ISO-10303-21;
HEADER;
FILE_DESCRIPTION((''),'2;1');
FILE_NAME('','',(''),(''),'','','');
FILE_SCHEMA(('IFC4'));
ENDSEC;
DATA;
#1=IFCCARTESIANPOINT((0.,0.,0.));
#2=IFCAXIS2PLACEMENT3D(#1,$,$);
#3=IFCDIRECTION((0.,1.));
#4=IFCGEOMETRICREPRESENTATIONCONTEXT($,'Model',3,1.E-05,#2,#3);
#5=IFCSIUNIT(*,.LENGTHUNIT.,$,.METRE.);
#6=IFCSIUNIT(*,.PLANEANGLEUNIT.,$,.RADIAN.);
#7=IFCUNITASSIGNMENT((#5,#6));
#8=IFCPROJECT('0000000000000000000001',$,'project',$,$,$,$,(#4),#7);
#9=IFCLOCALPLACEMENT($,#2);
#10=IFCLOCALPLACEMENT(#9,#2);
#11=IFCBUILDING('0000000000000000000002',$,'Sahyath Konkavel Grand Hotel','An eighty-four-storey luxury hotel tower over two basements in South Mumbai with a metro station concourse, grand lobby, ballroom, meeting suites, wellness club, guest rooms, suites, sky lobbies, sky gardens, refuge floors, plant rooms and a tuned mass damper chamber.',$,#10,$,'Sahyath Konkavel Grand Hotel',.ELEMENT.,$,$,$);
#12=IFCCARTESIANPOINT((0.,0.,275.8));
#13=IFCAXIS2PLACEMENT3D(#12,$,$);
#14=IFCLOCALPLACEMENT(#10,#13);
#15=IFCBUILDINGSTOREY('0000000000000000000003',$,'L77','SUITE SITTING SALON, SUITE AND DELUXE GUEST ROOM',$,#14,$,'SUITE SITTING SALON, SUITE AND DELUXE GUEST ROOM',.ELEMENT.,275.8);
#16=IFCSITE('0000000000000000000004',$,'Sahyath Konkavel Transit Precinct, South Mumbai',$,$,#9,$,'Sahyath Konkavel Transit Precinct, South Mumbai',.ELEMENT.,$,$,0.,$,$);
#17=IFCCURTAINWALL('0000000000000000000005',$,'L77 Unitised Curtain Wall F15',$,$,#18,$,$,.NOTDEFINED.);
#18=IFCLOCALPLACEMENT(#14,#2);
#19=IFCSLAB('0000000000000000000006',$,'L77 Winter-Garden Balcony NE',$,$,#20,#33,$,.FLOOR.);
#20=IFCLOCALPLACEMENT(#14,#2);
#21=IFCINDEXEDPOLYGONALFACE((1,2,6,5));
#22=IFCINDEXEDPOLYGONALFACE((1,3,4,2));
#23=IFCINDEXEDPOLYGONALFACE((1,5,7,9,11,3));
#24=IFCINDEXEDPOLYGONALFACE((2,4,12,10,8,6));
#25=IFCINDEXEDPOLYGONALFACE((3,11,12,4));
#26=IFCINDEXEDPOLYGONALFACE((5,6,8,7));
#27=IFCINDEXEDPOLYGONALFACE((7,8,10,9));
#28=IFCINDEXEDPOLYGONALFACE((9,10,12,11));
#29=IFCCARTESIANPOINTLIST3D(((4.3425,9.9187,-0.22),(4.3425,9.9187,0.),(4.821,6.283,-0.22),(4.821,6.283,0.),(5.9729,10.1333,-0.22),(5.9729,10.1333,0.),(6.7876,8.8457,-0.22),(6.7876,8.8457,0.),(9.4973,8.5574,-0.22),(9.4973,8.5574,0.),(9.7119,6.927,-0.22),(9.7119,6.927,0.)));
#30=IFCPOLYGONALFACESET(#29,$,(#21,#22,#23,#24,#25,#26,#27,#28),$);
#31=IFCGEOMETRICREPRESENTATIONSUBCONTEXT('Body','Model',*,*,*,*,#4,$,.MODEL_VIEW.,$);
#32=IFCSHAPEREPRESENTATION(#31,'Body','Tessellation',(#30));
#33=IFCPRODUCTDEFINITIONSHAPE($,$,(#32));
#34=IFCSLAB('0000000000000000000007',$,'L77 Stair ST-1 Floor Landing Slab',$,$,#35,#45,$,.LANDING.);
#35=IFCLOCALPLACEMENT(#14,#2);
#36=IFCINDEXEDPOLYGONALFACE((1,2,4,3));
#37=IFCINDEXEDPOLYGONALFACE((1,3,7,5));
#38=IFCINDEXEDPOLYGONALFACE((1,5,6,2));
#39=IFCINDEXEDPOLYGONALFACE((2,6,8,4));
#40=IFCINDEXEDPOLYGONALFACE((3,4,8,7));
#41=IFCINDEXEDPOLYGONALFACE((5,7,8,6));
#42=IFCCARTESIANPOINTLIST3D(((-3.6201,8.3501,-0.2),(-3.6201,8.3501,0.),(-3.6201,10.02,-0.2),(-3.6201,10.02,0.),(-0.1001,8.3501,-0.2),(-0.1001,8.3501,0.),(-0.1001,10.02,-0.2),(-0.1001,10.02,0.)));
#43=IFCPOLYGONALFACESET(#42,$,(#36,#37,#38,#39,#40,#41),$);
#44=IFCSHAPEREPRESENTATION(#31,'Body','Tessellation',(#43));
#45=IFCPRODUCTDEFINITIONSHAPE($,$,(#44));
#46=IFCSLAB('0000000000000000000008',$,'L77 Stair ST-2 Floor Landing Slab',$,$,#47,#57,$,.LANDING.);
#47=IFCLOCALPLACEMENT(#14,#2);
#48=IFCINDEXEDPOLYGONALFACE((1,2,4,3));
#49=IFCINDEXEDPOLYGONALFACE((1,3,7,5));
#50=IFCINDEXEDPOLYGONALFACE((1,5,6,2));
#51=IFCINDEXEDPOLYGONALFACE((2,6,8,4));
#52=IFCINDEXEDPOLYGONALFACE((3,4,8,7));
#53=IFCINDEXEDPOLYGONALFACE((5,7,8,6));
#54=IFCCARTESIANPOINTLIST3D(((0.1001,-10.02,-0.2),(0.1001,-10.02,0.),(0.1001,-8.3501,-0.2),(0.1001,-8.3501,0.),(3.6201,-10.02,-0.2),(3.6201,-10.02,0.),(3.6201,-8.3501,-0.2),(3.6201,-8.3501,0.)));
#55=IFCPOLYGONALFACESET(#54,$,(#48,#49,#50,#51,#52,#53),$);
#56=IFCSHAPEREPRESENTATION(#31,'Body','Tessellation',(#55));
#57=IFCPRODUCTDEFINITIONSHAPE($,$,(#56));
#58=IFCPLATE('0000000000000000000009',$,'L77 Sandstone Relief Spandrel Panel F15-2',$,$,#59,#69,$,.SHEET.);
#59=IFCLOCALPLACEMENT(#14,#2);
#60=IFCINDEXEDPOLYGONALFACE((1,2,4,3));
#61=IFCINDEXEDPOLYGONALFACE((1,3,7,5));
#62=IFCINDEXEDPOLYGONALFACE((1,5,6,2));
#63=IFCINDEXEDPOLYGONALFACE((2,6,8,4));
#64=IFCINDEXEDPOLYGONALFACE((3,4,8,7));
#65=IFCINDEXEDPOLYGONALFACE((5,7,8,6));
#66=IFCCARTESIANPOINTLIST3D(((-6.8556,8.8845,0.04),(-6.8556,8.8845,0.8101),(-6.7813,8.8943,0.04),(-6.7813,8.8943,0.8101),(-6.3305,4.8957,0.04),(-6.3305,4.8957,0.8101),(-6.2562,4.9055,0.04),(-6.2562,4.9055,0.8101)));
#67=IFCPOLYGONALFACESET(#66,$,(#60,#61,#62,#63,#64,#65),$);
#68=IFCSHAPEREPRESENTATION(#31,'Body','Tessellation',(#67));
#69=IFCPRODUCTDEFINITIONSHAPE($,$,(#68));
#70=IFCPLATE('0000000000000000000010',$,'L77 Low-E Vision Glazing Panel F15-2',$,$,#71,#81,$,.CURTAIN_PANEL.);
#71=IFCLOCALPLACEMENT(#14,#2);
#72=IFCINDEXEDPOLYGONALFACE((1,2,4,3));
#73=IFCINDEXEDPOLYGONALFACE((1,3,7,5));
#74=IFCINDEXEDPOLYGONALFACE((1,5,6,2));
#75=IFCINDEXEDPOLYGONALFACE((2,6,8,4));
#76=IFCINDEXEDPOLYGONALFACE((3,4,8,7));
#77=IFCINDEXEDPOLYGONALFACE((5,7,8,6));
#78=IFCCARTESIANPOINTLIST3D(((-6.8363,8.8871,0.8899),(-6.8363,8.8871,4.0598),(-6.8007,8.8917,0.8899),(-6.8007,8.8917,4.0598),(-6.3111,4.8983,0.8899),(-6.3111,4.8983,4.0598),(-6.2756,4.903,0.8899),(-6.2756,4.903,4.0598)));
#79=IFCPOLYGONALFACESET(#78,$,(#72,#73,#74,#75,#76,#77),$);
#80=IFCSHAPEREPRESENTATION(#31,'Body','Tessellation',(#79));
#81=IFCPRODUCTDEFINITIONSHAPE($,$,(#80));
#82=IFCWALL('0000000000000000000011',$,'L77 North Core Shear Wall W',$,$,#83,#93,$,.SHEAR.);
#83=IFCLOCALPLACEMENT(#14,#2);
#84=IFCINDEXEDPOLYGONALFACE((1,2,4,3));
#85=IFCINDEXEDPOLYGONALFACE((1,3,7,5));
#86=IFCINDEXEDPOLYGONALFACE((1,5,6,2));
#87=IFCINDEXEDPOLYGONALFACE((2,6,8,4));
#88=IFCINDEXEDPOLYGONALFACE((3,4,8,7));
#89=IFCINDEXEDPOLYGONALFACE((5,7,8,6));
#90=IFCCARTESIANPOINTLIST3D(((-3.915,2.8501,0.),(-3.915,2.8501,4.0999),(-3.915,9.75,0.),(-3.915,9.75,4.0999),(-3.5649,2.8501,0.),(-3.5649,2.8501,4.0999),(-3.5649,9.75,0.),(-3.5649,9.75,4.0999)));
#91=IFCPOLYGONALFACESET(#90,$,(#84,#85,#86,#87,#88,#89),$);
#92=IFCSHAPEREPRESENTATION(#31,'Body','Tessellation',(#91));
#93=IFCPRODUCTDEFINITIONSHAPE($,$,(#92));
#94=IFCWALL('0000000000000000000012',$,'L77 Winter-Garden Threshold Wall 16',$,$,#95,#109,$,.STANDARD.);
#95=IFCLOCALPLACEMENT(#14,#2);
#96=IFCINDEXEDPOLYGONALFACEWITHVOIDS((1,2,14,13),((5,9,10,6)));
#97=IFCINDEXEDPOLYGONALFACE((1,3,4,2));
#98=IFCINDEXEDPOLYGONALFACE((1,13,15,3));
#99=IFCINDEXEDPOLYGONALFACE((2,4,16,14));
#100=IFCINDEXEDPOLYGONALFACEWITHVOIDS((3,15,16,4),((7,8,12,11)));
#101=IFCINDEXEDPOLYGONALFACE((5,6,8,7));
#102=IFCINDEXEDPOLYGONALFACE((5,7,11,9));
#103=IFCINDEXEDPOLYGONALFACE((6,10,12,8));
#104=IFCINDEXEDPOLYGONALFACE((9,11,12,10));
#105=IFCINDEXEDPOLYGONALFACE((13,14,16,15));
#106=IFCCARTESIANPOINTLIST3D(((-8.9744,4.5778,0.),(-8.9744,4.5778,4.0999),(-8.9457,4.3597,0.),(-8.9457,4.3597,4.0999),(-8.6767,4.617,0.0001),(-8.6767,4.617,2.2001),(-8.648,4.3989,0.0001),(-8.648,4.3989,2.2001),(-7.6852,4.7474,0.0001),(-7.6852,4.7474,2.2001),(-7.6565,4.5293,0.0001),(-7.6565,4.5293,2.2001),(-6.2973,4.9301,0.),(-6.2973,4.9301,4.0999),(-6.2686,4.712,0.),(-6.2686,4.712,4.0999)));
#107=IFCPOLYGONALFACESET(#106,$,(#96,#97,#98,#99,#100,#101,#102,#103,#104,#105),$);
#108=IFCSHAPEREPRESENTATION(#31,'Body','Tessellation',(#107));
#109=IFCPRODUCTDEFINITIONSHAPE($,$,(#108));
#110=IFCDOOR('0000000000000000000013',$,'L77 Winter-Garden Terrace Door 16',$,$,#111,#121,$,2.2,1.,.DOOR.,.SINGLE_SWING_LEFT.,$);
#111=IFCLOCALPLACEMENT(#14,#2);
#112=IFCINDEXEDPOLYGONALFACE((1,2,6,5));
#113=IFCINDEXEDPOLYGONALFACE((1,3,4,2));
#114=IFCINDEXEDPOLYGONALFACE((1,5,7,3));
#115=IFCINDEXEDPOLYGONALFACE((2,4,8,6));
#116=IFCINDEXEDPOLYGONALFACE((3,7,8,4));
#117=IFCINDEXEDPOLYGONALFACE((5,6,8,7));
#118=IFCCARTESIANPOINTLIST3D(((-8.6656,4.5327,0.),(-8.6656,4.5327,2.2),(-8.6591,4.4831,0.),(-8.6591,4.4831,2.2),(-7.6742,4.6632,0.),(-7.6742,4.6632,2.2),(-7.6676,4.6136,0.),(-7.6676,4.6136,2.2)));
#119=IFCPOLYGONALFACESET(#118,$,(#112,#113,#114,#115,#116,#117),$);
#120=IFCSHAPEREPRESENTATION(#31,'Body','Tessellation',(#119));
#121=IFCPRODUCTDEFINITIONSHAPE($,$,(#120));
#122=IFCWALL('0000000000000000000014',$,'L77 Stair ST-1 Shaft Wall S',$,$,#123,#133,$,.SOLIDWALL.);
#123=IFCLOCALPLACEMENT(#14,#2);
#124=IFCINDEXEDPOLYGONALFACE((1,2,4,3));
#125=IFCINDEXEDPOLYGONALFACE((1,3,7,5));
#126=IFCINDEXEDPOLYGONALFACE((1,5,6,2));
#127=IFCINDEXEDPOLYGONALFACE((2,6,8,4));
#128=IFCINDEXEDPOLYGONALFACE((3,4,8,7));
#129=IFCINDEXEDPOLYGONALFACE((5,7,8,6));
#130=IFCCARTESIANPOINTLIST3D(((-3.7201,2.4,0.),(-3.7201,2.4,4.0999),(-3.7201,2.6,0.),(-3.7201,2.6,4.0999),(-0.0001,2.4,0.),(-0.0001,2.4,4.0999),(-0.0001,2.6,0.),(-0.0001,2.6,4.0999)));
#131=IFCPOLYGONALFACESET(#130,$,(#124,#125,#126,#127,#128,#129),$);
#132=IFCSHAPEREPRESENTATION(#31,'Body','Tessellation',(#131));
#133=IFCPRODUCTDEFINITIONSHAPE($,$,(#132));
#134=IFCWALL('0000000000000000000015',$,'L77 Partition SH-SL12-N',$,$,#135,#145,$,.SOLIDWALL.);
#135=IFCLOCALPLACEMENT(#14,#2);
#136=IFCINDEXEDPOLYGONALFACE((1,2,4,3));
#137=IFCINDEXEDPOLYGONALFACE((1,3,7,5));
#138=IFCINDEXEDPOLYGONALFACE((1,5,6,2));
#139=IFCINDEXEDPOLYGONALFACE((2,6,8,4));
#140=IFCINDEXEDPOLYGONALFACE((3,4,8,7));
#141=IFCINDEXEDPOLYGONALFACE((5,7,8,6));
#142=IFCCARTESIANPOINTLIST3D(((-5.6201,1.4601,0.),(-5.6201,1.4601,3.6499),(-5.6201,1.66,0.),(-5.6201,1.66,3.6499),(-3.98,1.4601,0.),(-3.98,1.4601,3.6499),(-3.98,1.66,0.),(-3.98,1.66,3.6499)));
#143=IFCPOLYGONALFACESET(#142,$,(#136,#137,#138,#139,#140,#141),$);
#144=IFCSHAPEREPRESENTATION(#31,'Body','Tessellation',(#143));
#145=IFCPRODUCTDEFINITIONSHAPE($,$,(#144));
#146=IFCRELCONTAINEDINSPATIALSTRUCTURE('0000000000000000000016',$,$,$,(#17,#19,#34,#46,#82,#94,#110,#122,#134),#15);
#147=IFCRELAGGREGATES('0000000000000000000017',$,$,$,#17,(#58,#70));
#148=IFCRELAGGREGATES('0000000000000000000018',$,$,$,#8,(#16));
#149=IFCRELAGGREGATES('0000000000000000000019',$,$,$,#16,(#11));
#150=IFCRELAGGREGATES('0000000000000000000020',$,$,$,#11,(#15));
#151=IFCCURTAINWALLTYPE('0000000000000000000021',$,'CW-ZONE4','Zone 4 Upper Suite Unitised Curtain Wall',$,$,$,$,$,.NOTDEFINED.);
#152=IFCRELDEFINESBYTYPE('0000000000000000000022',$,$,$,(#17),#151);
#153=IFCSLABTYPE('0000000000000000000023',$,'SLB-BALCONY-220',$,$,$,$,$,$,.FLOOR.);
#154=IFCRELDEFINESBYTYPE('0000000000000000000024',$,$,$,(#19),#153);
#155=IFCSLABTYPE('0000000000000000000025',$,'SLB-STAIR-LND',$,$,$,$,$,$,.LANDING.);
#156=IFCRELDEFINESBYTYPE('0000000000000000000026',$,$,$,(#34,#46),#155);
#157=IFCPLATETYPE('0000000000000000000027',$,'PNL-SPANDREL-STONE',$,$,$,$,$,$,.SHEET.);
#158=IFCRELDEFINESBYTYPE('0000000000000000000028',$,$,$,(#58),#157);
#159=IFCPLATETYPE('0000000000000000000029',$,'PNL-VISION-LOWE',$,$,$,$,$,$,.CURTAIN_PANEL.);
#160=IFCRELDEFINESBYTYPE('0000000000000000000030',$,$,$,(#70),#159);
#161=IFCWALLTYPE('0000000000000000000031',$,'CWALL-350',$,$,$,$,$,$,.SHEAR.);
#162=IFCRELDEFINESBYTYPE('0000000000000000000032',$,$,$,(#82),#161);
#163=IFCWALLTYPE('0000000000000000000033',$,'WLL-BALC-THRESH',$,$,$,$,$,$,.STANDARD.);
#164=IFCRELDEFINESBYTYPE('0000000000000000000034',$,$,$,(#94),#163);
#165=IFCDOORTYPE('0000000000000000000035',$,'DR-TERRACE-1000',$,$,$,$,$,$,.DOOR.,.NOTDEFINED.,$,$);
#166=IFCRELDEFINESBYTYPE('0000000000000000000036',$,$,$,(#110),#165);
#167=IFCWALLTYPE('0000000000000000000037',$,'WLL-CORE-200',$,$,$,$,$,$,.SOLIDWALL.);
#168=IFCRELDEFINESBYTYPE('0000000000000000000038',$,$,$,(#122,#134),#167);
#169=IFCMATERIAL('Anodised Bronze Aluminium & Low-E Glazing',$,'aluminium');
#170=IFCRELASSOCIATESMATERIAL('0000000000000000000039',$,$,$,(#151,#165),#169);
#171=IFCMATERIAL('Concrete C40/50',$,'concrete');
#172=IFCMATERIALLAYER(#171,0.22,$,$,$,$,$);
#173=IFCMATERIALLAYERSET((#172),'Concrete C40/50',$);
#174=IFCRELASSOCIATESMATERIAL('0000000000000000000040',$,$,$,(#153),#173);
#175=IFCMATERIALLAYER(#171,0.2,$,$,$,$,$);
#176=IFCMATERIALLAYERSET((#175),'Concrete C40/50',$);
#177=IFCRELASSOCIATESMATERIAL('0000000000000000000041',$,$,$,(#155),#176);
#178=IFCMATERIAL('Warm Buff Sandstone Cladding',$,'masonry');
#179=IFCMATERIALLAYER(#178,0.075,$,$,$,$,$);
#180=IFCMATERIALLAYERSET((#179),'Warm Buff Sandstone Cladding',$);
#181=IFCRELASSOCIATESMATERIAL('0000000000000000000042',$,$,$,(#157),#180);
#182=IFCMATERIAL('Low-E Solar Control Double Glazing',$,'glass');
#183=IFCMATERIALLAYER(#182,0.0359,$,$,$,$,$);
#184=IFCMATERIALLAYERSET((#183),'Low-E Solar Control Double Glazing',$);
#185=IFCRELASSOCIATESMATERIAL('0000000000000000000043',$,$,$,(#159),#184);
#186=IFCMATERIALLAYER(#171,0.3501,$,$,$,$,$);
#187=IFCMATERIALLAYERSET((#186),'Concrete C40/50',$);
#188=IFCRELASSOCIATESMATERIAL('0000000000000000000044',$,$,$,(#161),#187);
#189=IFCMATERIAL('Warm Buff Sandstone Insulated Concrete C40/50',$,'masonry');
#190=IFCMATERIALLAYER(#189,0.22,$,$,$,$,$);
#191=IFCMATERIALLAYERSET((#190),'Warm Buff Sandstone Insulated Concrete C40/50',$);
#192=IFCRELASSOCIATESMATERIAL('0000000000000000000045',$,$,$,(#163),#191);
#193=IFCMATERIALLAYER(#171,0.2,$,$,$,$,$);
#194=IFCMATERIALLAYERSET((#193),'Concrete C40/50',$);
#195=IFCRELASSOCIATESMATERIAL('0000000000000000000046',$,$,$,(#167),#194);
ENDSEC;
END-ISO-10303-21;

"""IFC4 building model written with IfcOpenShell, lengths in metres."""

from ifc_helpers import new_model, si_unit, direction, frame, frame_2d, origin, origin_2d, place, context, subcontext, project, spatial, polyline, rectangle, outline, extrude, source, transform, mapped, material, layer, layer_set, type_object, element, fill, aggregate, save


model = new_model("IFC4")

# Units and contexts
model_context = context("Model", 3, precision=1e-05, world=origin(), true_north=direction((0.0, 1.0)))
body_context = subcontext(model_context, "Body", "Model", "MODEL_VIEW")
ifc_project = project(units=[si_unit("LENGTHUNIT", "METRE"), si_unit("PLANEANGLEUNIT", "RADIAN")], contexts=[model_context])

# Site, building, storey
site_placement = place(None, origin())
site = spatial("IfcSite", under=ifc_project, at=site_placement, Name="Sahyath Konkavel Transit Precinct, South Mumbai", LongName="Sahyath Konkavel Transit Precinct, South Mumbai", CompositionType="ELEMENT", RefElevation=0.0)
building_placement = place(site_placement, origin())
building = spatial("IfcBuilding", under=site, at=building_placement, Name="Sahyath Konkavel Grand Hotel", Description="An eighty-four-storey luxury hotel tower over two basements in South Mumbai with a metro station concourse, grand lobby, ballroom, meeting suites, wellness club, guest rooms, suites, sky lobbies, sky gardens, refuge floors, plant rooms and a tuned mass damper chamber.", LongName="Sahyath Konkavel Grand Hotel", CompositionType="ELEMENT")
storey_placement = place(building_placement, frame((0.0, 0.0, 275.8)))
storey = spatial("IfcBuildingStorey", under=building, at=storey_placement, Name="L77", Description="SUITE SITTING SALON, SUITE AND DELUXE GUEST ROOM", LongName="SUITE SITTING SALON, SUITE AND DELUXE GUEST ROOM", CompositionType="ELEMENT", Elevation=275.8)

# Shared definitions
ifc_material_1 = material(Name="Concrete C40/50", Category="concrete")

# Curtain wall
ifc_material_2 = material(Name="Anodised Bronze Aluminium & Low-E Glazing", Category="aluminium")
curtain_wall_type = type_object("IfcCurtainWallType", Name="CW-ZONE4", Description="Zone 4 Upper Suite Unitised Curtain Wall", PredefinedType="NOTDEFINED", material=ifc_material_2)
curtain_wall_placement = place(storey_placement, origin())
curtain_wall = element("IfcCurtainWall", 1, at=curtain_wall_placement, inside=storey, type_object=curtain_wall_type, Name="L77 Unitised Curtain Wall F15", PredefinedType="NOTDEFINED")

# Slabs
ifc_layer_1 = layer(ifc_material_1, 0.22)
ifc_layer_set_1 = layer_set([ifc_layer_1], Name="Concrete C40/50")
slab_type_1 = type_object("IfcSlabType", Name="SLB-BALCONY-220", PredefinedType="FLOOR", material=ifc_layer_set_1)
slab_1_placement = place(storey_placement, frame((0.0, 0.0, -0.22)))
element("IfcSlab", 2, at=slab_1_placement, inside=storey, type_object=slab_type_1, Name="L77 Winter-Garden Balcony NE", PredefinedType="FLOOR", context=body_context, shape_type="SweptSolid", body=[
    extrude(outline(polyline([(4.821, 6.283), (9.7119, 6.927), (9.4973, 8.5574), (6.7876, 8.8457), (5.9729, 10.1333), (4.3425, 9.9187), (4.821, 6.283)])), origin(), (0.0, 0.0, 1.0), 0.22),
])
ifc_layer_2 = layer(ifc_material_1, 0.2)
ifc_layer_set_2 = layer_set([ifc_layer_2], Name="Concrete C40/50")
slab_type_2 = type_object("IfcSlabType", Name="SLB-STAIR-LND", PredefinedType="LANDING", material=ifc_layer_set_2)
slab_2_placement = place(storey_placement, frame((0.0, 0.0, -0.2)))
element("IfcSlab", 3, at=slab_2_placement, inside=storey, type_object=slab_type_2, Name="L77 Stair ST-1 Floor Landing Slab", PredefinedType="LANDING", context=body_context, shape_type="SweptSolid", body=[
    extrude(outline(polyline([(-3.6201, 8.3501), (-0.1001, 8.3501), (-0.1001, 10.02), (-3.6201, 10.02), (-3.6201, 8.3501)])), origin(), (0.0, 0.0, 1.0), 0.2),
])
slab_3_placement = place(storey_placement, frame((0.0, 0.0, -0.2)))
element("IfcSlab", 4, at=slab_3_placement, inside=storey, type_object=slab_type_2, Name="L77 Stair ST-2 Floor Landing Slab", PredefinedType="LANDING", context=body_context, shape_type="SweptSolid", body=[
    extrude(outline(polyline([(0.1001, -10.02), (3.6201, -10.02), (3.6201, -8.3501), (0.1001, -8.3501), (0.1001, -10.02)])), origin(), (0.0, 0.0, 1.0), 0.2),
])

# Plates
ifc_material_3 = material(Name="Warm Buff Sandstone Cladding", Category="masonry")
ifc_layer_3 = layer(ifc_material_3, 0.075)
ifc_layer_set_3 = layer_set([ifc_layer_3], Name="Warm Buff Sandstone Cladding")
plate_type_1 = type_object("IfcPlateType", Name="PNL-SPANDREL-STONE", PredefinedType="SHEET", material=ifc_layer_set_3)
shared_shape_1 = source(origin(), body_context, "Body", "SweptSolid", [
    extrude(rectangle(XDim=4.0232, YDim=0.075, at=origin_2d()), origin(), (0.0, 0.0, 1.0), 0.77),
])
plate_1_placement = place(storey_placement, frame((-6.5559, 6.895, 0.04), z_axis=(0.0, 0.0, 1.0), x_axis=(0.130526, -0.991445, 0.0)))
plate_1 = element("IfcPlate", 5, at=plate_1_placement, type_object=plate_type_1, Name="L77 Sandstone Relief Spandrel Panel F15-2", PredefinedType="SHEET", context=body_context, shape_type="MappedRepresentation", body=[
    mapped(shared_shape_1, transform((0.0, 0.0, 0.0), scale=1.0)),
])
ifc_material_4 = material(Name="Low-E Solar Control Double Glazing", Category="glass")
ifc_layer_4 = layer(ifc_material_4, 0.0359)
ifc_layer_set_4 = layer_set([ifc_layer_4], Name="Low-E Solar Control Double Glazing")
plate_type_2 = type_object("IfcPlateType", Name="PNL-VISION-LOWE", PredefinedType="CURTAIN_PANEL", material=ifc_layer_set_4)
shared_shape_2 = source(origin(), body_context, "Body", "SweptSolid", [
    extrude(rectangle(XDim=4.0232, YDim=0.0359, at=origin_2d()), origin(), (0.0, 0.0, 1.0), 3.1699),
])
plate_2_placement = place(storey_placement, frame((-6.5559, 6.895, 0.8899), z_axis=(0.0, 0.0, 1.0), x_axis=(0.130526, -0.991445, 0.0)))
plate_2 = element("IfcPlate", 6, at=plate_2_placement, type_object=plate_type_2, Name="L77 Low-E Vision Glazing Panel F15-2", PredefinedType="CURTAIN_PANEL", context=body_context, shape_type="MappedRepresentation", body=[
    mapped(shared_shape_2, transform((0.0, 0.0, 0.0), scale=1.0)),
])
aggregate(curtain_wall, [plate_1, plate_2])

# Wall
ifc_layer_5 = layer(ifc_material_1, 0.3501)
ifc_layer_set_5 = layer_set([ifc_layer_5], Name="Concrete C40/50")
wall_type_1 = type_object("IfcWallType", Name="CWALL-350", PredefinedType="SHEAR", material=ifc_layer_set_5)
wall_1_placement = place(storey_placement, frame((-3.74, 2.8501, 0.0), z_axis=(0.0, 0.0, 1.0), x_axis=(0.0, 1.0, 0.0)))
element("IfcWall", 7, at=wall_1_placement, inside=storey, type_object=wall_type_1, Name="L77 North Core Shear Wall W", PredefinedType="SHEAR", context=body_context, shape_type="SweptSolid", body=[
    extrude(rectangle(XDim=6.8999, YDim=0.3501, at=frame_2d((3.45, 0.0))), origin(), (0.0, 0.0, 1.0), 4.0999),
])

# Wall, opening, door
ifc_material_5 = material(Name="Warm Buff Sandstone Insulated Concrete C40/50", Category="masonry")
ifc_layer_6 = layer(ifc_material_5, 0.22)
ifc_layer_set_6 = layer_set([ifc_layer_6], Name="Warm Buff Sandstone Insulated Concrete C40/50")
wall_type_2 = type_object("IfcWallType", Name="WLL-BALC-THRESH", PredefinedType="STANDARD", material=ifc_layer_set_6)
wall_2_placement = place(storey_placement, frame((-6.283, 4.821, 0.0), z_axis=(0.0, 0.0, 1.0), x_axis=(-0.991452, -0.130476, 0.0)))
wall_2 = element("IfcWall", 8, at=wall_2_placement, inside=storey, type_object=wall_type_2, Name="L77 Winter-Garden Threshold Wall 16", PredefinedType="STANDARD", context=body_context, shape_type="SweptSolid", body=[
    extrude(rectangle(XDim=2.7002, YDim=0.22, at=frame_2d((1.3501, 0.0))), origin(), (0.0, 0.0, 1.0), 4.0999),
])
opening_1_placement = place(wall_2_placement, frame((1.3999, 0.0, 0.0)))
opening_1 = element("IfcOpeningElement", 9, at=opening_1_placement, cuts=wall_2, PredefinedType="OPENING", context=body_context, shape_type="SweptSolid", body=[
    extrude(rectangle(XDim=1.0, YDim=2.2, at=frame_2d((0.5, 1.1001))), frame((0.0, 0.1201, 0.0), z_axis=(0.0, -1.0, 0.0), x_axis=(1.0, 0.0, 0.0)), (0.0, 0.0, 1.0), 0.24),
])
door_type_1 = type_object("IfcDoorType", Name="DR-TERRACE-1000", OperationType="NOTDEFINED", PredefinedType="DOOR", material=ifc_material_2)
shared_shape_3 = source(origin(), body_context, "Body", "SweptSolid", [
    extrude(rectangle(XDim=1.0, YDim=0.05, at=origin_2d()), origin(), (0.0, 0.0, 1.0), 2.2),
])
door_1_placement = place(opening_1_placement, frame((0.5, 0.0, 0.0)))
door_1 = element("IfcDoor", 10, at=door_1_placement, inside=storey, type_object=door_type_1, Name="L77 Winter-Garden Terrace Door 16", OperationType="SINGLE_SWING_LEFT", OverallHeight=2.2, OverallWidth=1.0, PredefinedType="DOOR", context=body_context, shape_type="MappedRepresentation", body=[
    mapped(shared_shape_3, transform((0.0, 0.0, 0.0), scale=1.0)),
])
fill(opening_1, door_1)

# Walls
ifc_layer_7 = layer(ifc_material_1, 0.2)
ifc_layer_set_7 = layer_set([ifc_layer_7], Name="Concrete C40/50")
wall_type_3 = type_object("IfcWallType", Name="WLL-CORE-200", PredefinedType="SOLIDWALL", material=ifc_layer_set_7)
wall_3_placement = place(storey_placement, frame((-3.72, 2.5, 0.0), z_axis=(0.0, 0.0, 1.0), x_axis=(1.0, 0.0, 0.0)))
element("IfcWall", 11, at=wall_3_placement, inside=storey, type_object=wall_type_3, Name="L77 Stair ST-1 Shaft Wall S", PredefinedType="SOLIDWALL", context=body_context, shape_type="SweptSolid", body=[
    extrude(rectangle(XDim=3.72, YDim=0.2, at=frame_2d((1.8599, 0.0))), origin(), (0.0, 0.0, 1.0), 4.0999),
])
wall_4_placement = place(storey_placement, frame((-5.6201, 1.5601, 0.0), z_axis=(0.0, 0.0, 1.0), x_axis=(1.0, 0.0, 0.0)))
element("IfcWall", 12, at=wall_4_placement, inside=storey, type_object=wall_type_3, Name="L77 Partition SH-SL12-N", PredefinedType="SOLIDWALL", context=body_context, shape_type="SweptSolid", body=[
    extrude(rectangle(XDim=1.6401, YDim=0.2, at=frame_2d((0.8201, 0.0))), origin(), (0.0, 0.0, 1.0), 3.6499),
])

save(model, "model.ifc")
